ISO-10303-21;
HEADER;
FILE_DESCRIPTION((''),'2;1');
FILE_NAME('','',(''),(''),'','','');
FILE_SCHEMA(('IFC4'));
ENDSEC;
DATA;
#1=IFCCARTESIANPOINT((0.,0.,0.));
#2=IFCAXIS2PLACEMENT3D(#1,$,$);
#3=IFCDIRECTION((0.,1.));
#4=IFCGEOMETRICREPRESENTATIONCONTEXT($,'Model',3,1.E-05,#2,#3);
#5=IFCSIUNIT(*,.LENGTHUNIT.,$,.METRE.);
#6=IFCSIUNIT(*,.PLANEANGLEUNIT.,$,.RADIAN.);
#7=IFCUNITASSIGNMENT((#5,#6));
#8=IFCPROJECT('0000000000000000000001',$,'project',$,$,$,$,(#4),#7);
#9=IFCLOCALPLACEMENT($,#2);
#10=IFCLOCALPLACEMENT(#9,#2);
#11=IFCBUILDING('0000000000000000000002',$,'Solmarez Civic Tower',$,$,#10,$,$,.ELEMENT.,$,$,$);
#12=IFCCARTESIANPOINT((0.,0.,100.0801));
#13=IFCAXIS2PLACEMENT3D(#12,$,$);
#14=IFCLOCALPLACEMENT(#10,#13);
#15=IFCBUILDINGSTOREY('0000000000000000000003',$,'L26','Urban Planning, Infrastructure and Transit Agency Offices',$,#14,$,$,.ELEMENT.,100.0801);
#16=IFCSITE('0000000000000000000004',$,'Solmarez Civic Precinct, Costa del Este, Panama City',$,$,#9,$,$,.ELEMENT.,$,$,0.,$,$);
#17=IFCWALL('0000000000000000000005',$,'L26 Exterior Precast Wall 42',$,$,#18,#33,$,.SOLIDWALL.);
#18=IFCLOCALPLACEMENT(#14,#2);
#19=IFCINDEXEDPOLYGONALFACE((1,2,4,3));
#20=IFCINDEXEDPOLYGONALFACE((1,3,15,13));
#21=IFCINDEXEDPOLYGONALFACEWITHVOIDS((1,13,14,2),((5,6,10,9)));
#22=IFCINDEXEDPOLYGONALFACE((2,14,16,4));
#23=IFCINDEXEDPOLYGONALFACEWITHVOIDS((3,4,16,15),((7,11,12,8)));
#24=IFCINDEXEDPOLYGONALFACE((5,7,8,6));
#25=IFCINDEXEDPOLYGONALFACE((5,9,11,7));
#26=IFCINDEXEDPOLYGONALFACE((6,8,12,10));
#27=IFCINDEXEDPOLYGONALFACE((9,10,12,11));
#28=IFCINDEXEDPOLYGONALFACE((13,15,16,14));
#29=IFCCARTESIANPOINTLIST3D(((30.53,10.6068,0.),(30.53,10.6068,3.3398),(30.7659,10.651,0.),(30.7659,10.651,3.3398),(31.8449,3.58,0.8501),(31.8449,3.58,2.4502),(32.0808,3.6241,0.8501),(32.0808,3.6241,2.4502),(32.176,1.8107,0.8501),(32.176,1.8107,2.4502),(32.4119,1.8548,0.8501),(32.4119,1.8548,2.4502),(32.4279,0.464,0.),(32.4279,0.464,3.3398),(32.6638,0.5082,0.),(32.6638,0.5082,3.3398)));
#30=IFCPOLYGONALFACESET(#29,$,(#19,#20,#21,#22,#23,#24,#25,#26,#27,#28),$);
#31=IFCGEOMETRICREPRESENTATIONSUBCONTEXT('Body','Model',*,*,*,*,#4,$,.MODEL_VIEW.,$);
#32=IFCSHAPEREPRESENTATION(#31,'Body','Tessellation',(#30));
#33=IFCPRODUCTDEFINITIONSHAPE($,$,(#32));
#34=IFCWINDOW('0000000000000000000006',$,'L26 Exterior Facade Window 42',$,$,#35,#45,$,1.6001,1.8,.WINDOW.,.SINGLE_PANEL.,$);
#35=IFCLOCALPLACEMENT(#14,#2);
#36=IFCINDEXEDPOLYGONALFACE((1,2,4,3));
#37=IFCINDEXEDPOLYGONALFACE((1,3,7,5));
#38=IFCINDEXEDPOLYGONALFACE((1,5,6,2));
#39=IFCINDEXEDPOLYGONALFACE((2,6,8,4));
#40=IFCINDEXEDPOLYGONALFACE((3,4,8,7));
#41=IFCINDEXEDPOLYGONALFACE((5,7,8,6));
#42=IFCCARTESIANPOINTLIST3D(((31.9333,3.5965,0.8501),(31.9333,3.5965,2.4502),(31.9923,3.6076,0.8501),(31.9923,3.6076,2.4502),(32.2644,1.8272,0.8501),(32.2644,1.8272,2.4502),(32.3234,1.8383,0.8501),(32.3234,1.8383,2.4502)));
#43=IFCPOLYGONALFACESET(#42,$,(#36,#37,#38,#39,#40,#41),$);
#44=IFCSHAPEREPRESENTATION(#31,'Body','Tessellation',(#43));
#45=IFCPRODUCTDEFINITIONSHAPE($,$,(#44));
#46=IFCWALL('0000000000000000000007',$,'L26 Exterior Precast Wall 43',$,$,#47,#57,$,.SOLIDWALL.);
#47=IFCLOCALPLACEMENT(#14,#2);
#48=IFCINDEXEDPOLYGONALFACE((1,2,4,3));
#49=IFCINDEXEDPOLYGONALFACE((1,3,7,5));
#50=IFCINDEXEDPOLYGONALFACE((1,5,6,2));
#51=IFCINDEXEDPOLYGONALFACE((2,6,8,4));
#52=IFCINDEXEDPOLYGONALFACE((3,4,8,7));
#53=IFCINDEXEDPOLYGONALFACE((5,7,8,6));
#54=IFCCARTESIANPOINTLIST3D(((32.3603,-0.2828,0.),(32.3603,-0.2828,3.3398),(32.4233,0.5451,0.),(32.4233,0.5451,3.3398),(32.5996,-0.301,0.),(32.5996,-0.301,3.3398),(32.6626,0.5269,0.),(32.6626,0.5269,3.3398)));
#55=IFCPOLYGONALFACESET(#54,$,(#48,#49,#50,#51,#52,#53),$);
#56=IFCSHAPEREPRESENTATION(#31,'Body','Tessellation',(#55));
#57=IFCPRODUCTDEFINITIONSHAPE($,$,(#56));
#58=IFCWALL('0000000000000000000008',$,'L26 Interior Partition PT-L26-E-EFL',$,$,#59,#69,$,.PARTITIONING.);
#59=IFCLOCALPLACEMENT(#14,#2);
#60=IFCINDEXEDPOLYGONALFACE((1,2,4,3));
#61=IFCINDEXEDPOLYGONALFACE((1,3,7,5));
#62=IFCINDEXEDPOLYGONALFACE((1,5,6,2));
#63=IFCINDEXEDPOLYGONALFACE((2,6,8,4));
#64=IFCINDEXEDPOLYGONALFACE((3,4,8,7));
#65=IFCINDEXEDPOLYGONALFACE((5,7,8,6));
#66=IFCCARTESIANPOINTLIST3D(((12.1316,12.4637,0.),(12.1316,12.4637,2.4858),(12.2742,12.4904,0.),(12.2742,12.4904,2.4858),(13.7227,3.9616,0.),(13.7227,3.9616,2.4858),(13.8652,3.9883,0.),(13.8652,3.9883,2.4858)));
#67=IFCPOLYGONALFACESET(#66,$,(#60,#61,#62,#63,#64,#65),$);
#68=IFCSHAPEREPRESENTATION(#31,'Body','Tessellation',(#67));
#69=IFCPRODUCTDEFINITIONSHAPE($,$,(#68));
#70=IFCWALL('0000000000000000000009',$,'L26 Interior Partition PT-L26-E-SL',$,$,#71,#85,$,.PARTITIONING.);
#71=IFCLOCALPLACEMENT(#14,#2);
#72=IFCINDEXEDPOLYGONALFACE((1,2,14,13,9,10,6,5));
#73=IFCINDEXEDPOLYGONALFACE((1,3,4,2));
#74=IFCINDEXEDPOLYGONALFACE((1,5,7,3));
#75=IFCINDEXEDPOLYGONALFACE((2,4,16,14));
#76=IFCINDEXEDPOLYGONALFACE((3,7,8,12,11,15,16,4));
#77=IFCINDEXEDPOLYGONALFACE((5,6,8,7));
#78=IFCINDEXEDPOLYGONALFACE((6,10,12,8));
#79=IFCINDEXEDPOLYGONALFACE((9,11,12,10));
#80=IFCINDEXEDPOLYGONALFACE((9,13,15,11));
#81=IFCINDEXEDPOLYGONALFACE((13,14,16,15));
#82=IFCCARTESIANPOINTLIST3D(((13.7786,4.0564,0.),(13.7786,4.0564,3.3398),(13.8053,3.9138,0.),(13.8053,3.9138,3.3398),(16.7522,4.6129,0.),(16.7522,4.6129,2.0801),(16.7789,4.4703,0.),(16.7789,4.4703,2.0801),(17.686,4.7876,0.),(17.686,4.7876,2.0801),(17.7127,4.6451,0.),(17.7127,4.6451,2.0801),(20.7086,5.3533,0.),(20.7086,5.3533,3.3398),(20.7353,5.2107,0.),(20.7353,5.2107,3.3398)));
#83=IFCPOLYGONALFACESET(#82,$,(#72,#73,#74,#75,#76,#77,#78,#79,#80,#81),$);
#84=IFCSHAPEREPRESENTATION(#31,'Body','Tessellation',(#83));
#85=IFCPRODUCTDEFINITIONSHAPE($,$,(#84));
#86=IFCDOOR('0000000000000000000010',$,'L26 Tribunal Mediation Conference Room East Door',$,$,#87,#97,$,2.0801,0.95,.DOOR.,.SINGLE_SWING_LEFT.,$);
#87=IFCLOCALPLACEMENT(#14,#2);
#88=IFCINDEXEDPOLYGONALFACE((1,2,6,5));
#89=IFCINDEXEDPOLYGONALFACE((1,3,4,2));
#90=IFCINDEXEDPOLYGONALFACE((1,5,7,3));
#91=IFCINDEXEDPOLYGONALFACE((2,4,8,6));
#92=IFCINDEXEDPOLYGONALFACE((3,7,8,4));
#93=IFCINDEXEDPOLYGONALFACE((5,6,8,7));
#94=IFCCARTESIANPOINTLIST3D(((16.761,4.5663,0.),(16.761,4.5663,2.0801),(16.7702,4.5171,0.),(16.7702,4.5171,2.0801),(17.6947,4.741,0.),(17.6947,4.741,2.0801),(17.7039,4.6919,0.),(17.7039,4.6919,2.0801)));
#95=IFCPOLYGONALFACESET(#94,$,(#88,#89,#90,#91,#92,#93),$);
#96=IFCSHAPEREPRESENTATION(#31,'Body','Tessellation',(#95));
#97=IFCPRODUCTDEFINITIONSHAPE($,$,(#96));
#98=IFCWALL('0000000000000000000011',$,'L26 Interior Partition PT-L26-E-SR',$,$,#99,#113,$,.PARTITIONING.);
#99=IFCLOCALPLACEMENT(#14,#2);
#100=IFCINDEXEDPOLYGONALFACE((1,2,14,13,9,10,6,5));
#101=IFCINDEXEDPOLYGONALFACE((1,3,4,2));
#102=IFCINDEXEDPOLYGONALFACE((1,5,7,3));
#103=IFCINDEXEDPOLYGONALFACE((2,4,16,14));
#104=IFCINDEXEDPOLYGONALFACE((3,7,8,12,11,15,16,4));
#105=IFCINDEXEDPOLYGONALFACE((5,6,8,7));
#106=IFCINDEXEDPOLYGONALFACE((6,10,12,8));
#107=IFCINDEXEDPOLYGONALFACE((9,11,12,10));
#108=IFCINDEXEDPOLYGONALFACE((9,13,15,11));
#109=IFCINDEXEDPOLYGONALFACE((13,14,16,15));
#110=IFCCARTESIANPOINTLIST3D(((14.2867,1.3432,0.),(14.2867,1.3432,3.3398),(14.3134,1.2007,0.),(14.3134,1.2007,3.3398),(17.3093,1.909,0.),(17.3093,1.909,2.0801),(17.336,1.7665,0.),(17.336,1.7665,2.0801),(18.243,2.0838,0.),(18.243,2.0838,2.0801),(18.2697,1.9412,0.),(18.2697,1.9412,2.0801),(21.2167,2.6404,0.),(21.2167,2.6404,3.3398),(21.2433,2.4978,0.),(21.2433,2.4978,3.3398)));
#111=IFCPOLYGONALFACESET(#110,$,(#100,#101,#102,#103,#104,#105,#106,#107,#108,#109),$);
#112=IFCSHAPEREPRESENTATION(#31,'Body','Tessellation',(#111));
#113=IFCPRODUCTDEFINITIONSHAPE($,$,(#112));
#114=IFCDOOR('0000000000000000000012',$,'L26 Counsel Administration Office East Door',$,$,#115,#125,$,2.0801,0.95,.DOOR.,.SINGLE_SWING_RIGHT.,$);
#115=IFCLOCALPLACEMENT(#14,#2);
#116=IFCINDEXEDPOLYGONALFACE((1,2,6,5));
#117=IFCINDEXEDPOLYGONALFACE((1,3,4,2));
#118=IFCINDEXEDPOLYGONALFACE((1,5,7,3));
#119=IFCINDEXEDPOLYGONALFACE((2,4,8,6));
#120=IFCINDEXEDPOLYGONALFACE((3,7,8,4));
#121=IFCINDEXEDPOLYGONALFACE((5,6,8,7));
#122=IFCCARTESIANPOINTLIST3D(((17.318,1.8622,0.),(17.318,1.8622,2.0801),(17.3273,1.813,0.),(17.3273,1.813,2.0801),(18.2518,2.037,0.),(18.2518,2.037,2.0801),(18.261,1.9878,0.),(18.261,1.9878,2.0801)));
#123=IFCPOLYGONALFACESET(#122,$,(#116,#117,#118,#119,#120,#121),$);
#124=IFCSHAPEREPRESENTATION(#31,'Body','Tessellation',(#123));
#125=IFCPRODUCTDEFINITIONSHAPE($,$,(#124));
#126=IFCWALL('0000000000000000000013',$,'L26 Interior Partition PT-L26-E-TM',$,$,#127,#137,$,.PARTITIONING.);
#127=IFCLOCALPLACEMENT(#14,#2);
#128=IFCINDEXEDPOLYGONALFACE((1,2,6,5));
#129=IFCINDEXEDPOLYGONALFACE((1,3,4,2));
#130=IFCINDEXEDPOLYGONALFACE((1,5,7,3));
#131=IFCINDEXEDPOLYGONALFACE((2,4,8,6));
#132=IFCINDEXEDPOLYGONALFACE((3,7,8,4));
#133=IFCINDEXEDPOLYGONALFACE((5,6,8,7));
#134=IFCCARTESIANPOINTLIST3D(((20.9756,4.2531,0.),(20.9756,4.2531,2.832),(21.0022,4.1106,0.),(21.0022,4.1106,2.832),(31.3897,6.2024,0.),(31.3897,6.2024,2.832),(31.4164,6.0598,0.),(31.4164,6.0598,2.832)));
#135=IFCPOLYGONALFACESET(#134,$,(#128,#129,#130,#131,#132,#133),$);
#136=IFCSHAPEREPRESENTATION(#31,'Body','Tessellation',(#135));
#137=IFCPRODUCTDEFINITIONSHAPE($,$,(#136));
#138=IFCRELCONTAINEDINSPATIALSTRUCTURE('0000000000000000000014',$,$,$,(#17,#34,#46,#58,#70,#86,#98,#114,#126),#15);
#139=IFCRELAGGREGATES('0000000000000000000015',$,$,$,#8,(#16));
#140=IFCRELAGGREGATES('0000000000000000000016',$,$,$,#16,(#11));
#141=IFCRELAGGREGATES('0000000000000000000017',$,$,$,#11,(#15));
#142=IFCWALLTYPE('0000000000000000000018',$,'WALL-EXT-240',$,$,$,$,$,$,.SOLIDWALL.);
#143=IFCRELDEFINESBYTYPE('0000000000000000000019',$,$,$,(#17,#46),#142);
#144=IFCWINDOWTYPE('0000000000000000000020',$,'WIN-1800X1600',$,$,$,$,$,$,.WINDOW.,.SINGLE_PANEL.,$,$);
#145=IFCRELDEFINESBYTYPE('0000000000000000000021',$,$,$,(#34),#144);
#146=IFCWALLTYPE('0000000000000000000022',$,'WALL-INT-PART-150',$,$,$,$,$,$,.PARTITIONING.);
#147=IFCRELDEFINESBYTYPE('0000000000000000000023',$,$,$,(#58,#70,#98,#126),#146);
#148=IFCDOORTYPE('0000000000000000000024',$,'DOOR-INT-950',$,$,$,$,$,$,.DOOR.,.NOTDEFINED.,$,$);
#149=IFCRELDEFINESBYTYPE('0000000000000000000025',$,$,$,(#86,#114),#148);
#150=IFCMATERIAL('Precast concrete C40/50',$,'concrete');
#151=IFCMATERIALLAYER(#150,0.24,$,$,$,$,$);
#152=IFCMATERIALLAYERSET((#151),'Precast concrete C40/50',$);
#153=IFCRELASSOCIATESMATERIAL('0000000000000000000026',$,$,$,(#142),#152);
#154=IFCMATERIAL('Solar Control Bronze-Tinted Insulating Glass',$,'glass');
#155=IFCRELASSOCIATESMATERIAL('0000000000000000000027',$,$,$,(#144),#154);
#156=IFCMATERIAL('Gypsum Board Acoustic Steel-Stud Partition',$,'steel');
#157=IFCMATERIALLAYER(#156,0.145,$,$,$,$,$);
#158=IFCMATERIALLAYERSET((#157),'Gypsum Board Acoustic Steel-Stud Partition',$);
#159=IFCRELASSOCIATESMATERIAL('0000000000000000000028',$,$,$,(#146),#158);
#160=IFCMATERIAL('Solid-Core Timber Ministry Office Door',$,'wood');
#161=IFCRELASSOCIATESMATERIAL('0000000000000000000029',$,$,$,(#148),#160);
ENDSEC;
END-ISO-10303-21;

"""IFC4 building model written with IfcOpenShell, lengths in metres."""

from ifc_helpers import new_model, si_unit, direction, frame, frame_2d, origin, place, context, subcontext, project, spatial, rectangle, extrude, material, layer, layer_set, type_object, element, fill, save


model = new_model("IFC4")

# Units and contexts
model_context = context("Model", 3, precision=1e-05, world=origin(), true_north=direction((0.0, 1.0)))
body_context = subcontext(model_context, "Body", "Model", "MODEL_VIEW")
ifc_project = project(units=[si_unit("LENGTHUNIT", "METRE"), si_unit("PLANEANGLEUNIT", "RADIAN")], contexts=[model_context])

# Site, building, storey
site_placement = place(None, origin())
site = spatial("IfcSite", under=ifc_project, at=site_placement, Name="Solmarez Civic Precinct, Costa del Este, Panama City", CompositionType="ELEMENT", RefElevation=0.0)
building_placement = place(site_placement, origin())
building = spatial("IfcBuilding", under=site, at=building_placement, Name="Solmarez Civic Tower", CompositionType="ELEMENT")
storey_placement = place(building_placement, frame((0.0, 0.0, 100.0801)))
storey = spatial("IfcBuildingStorey", under=building, at=storey_placement, Name="L26", Description="Urban Planning, Infrastructure and Transit Agency Offices", CompositionType="ELEMENT", Elevation=100.0801)

# Shared definitions
ifc_material_1 = material(Name="Precast concrete C40/50", Category="concrete")
ifc_layer_1 = layer(ifc_material_1, 0.24)
ifc_layer_set_1 = layer_set([ifc_layer_1], Name="Precast concrete C40/50")
wall_type_1 = type_object("IfcWallType", Name="WALL-EXT-240", PredefinedType="SOLIDWALL", material=ifc_layer_set_1)
ifc_material_2 = material(Name="Solar Control Bronze-Tinted Insulating Glass", Category="glass")

# Wall, opening, window
wall_1_placement = place(storey_placement, frame((30.6479, 10.6289, 0.0), z_axis=(0.0, 0.0, 1.0), x_axis=(0.18393, -0.982939, 0.0)))
wall_1 = element("IfcWall", 1, at=wall_1_placement, inside=storey, type_object=wall_type_1, Name="L26 Exterior Precast Wall 42", PredefinedType="SOLIDWALL", context=body_context, shape_type="SweptSolid", body=[
    extrude(rectangle(XDim=10.3188, YDim=0.24, at=frame_2d((5.1594, 0.0))), origin(), (0.0, 0.0, 1.0), 3.3398),
])
opening_1_placement = place(wall_1_placement, frame((7.1489, 0.0, 0.8501)))
opening_1 = element("IfcOpeningElement", 2, at=opening_1_placement, cuts=wall_1, PredefinedType="OPENING", context=body_context, shape_type="SweptSolid", body=[
    extrude(rectangle(XDim=1.8, YDim=1.6001, at=frame_2d((0.8999, 0.8))), frame((0.0, 0.1299, 0.0), z_axis=(0.0, -1.0, 0.0), x_axis=(1.0, 0.0, 0.0)), (0.0, 0.0, 1.0), 0.26),
])
window_type_1 = type_object("IfcWindowType", Name="WIN-1800X1600", PartitioningType="SINGLE_PANEL", PredefinedType="WINDOW", material=ifc_material_2)
window_1_placement = place(opening_1_placement, origin())
window_1 = element("IfcWindow", 3, at=window_1_placement, inside=storey, type_object=window_type_1, Name="L26 Exterior Facade Window 42", OverallHeight=1.6001, OverallWidth=1.8, PartitioningType="SINGLE_PANEL", PredefinedType="WINDOW", context=body_context, shape_type="SweptSolid", body=[
    extrude(rectangle(XDim=1.8, YDim=1.6001, at=frame_2d((0.8999, 0.8))), frame((0.0, 0.03, 0.0), z_axis=(0.0, -1.0, 0.0), x_axis=(1.0, 0.0, 0.0)), (0.0, 0.0, 1.0), 0.0601),
])
fill(opening_1, window_1)

# Walls
wall_2_placement = place(storey_placement, frame((32.543, 0.5359, 0.0), z_axis=(0.0, 0.0, 1.0), x_axis=(-0.075864, -0.997118, 0.0)))
element("IfcWall", 4, at=wall_2_placement, inside=storey, type_object=wall_type_1, Name="L26 Exterior Precast Wall 43", PredefinedType="SOLIDWALL", context=body_context, shape_type="SweptSolid", body=[
    extrude(rectangle(XDim=0.8303, YDim=0.24, at=frame_2d((0.415, 0.0))), origin(), (0.0, 0.0, 1.0), 3.3398),
])
ifc_material_3 = material(Name="Gypsum Board Acoustic Steel-Stud Partition", Category="steel")
ifc_layer_2 = layer(ifc_material_3, 0.145)
ifc_layer_set_2 = layer_set([ifc_layer_2], Name="Gypsum Board Acoustic Steel-Stud Partition")
wall_type_2 = type_object("IfcWallType", Name="WALL-INT-PART-150", PredefinedType="PARTITIONING", material=ifc_layer_set_2)
wall_3_placement = place(storey_placement, frame((13.7939, 3.9751, 0.0), z_axis=(0.0, 0.0, 1.0), x_axis=(-0.183948, 0.982936, 0.0)))
element("IfcWall", 5, at=wall_3_placement, inside=storey, type_object=wall_type_2, Name="L26 Interior Partition PT-L26-E-EFL", PredefinedType="PARTITIONING", context=body_context, shape_type="SweptSolid", body=[
    extrude(rectangle(XDim=8.6497, YDim=0.145, at=frame_2d((4.3247, 0.0))), origin(), (0.0, 0.0, 1.0), 2.4858),
])

# Walls, openings, doors
wall_4_placement = place(storey_placement, frame((20.7219, 5.282, 0.0), z_axis=(0.0, 0.0, 1.0), x_axis=(-0.982936, -0.183948, 0.0)))
wall_4 = element("IfcWall", 6, at=wall_4_placement, inside=storey, type_object=wall_type_2, Name="L26 Interior Partition PT-L26-E-SL", PredefinedType="PARTITIONING", context=body_context, shape_type="SweptSolid", body=[
    extrude(rectangle(XDim=7.0503, YDim=0.145, at=frame_2d((3.5251, 0.0))), origin(), (0.0, 0.0, 1.0), 3.3398),
])
opening_2_placement = place(wall_4_placement, frame((3.075, 0.0, 0.0)))
opening_2 = element("IfcOpeningElement", 7, at=opening_2_placement, cuts=wall_4, PredefinedType="OPENING", context=body_context, shape_type="SweptSolid", body=[
    extrude(rectangle(XDim=0.95, YDim=2.0801, at=frame_2d((0.4751, 1.04))), frame((0.0, 0.0825, 0.0), z_axis=(0.0, -1.0, 0.0), x_axis=(1.0, 0.0, 0.0)), (0.0, 0.0, 1.0), 0.165),
])
ifc_material_4 = material(Name="Solid-Core Timber Ministry Office Door", Category="wood")
door_type_1 = type_object("IfcDoorType", Name="DOOR-INT-950", OperationType="NOTDEFINED", PredefinedType="DOOR", material=ifc_material_4)
door_1_placement = place(opening_2_placement, origin())
door_1 = element("IfcDoor", 8, at=door_1_placement, inside=storey, type_object=door_type_1, Name="L26 Tribunal Mediation Conference Room East Door", OperationType="SINGLE_SWING_LEFT", OverallHeight=2.0801, OverallWidth=0.95, PredefinedType="DOOR", context=body_context, shape_type="SweptSolid", body=[
    extrude(rectangle(XDim=0.95, YDim=2.0801, at=frame_2d((0.4751, 1.04))), frame((0.0, 0.0249, 0.0), z_axis=(0.0, -1.0, 0.0), x_axis=(1.0, 0.0, 0.0)), (0.0, 0.0, 1.0), 0.05),
])
fill(opening_2, door_1)
wall_5_placement = place(storey_placement, frame((14.3, 1.272, 0.0), z_axis=(0.0, 0.0, 1.0), x_axis=(0.98293, 0.183981, 0.0)))
wall_5 = element("IfcWall", 9, at=wall_5_placement, inside=storey, type_object=wall_type_2, Name="L26 Interior Partition PT-L26-E-SR", PredefinedType="PARTITIONING", context=body_context, shape_type="SweptSolid", body=[
    extrude(rectangle(XDim=7.0503, YDim=0.145, at=frame_2d((3.5251, 0.0))), origin(), (0.0, 0.0, 1.0), 3.3398),
])
opening_3_placement = place(wall_5_placement, frame((3.075, 0.0, 0.0)))
opening_3 = element("IfcOpeningElement", 10, at=opening_3_placement, cuts=wall_5, PredefinedType="OPENING", context=body_context, shape_type="SweptSolid", body=[
    extrude(rectangle(XDim=0.95, YDim=2.0801, at=frame_2d((0.4751, 1.04))), frame((0.0, 0.0825, 0.0), z_axis=(0.0, -1.0, 0.0), x_axis=(1.0, 0.0, 0.0)), (0.0, 0.0, 1.0), 0.165),
])
door_2_placement = place(opening_3_placement, origin())
door_2 = element("IfcDoor", 11, at=door_2_placement, inside=storey, type_object=door_type_1, Name="L26 Counsel Administration Office East Door", OperationType="SINGLE_SWING_RIGHT", OverallHeight=2.0801, OverallWidth=0.95, PredefinedType="DOOR", context=body_context, shape_type="SweptSolid", body=[
    extrude(rectangle(XDim=0.95, YDim=2.0801, at=frame_2d((0.4751, 1.04))), frame((0.0, 0.0249, 0.0), z_axis=(0.0, -1.0, 0.0), x_axis=(1.0, 0.0, 0.0)), (0.0, 0.0, 1.0), 0.05),
])
fill(opening_3, door_2)

# Wall
wall_6_placement = place(storey_placement, frame((20.989, 4.1819, 0.0), z_axis=(0.0, 0.0, 1.0), x_axis=(0.982931, 0.183977, 0.0)))
element("IfcWall", 12, at=wall_6_placement, inside=storey, type_object=wall_type_2, Name="L26 Interior Partition PT-L26-E-TM", PredefinedType="PARTITIONING", context=body_context, shape_type="SweptSolid", body=[
    extrude(rectangle(XDim=10.595, YDim=0.145, at=frame_2d((5.2974, 0.0))), origin(), (0.0, 0.0, 1.0), 2.832),
])

save(model, "model.ifc")
